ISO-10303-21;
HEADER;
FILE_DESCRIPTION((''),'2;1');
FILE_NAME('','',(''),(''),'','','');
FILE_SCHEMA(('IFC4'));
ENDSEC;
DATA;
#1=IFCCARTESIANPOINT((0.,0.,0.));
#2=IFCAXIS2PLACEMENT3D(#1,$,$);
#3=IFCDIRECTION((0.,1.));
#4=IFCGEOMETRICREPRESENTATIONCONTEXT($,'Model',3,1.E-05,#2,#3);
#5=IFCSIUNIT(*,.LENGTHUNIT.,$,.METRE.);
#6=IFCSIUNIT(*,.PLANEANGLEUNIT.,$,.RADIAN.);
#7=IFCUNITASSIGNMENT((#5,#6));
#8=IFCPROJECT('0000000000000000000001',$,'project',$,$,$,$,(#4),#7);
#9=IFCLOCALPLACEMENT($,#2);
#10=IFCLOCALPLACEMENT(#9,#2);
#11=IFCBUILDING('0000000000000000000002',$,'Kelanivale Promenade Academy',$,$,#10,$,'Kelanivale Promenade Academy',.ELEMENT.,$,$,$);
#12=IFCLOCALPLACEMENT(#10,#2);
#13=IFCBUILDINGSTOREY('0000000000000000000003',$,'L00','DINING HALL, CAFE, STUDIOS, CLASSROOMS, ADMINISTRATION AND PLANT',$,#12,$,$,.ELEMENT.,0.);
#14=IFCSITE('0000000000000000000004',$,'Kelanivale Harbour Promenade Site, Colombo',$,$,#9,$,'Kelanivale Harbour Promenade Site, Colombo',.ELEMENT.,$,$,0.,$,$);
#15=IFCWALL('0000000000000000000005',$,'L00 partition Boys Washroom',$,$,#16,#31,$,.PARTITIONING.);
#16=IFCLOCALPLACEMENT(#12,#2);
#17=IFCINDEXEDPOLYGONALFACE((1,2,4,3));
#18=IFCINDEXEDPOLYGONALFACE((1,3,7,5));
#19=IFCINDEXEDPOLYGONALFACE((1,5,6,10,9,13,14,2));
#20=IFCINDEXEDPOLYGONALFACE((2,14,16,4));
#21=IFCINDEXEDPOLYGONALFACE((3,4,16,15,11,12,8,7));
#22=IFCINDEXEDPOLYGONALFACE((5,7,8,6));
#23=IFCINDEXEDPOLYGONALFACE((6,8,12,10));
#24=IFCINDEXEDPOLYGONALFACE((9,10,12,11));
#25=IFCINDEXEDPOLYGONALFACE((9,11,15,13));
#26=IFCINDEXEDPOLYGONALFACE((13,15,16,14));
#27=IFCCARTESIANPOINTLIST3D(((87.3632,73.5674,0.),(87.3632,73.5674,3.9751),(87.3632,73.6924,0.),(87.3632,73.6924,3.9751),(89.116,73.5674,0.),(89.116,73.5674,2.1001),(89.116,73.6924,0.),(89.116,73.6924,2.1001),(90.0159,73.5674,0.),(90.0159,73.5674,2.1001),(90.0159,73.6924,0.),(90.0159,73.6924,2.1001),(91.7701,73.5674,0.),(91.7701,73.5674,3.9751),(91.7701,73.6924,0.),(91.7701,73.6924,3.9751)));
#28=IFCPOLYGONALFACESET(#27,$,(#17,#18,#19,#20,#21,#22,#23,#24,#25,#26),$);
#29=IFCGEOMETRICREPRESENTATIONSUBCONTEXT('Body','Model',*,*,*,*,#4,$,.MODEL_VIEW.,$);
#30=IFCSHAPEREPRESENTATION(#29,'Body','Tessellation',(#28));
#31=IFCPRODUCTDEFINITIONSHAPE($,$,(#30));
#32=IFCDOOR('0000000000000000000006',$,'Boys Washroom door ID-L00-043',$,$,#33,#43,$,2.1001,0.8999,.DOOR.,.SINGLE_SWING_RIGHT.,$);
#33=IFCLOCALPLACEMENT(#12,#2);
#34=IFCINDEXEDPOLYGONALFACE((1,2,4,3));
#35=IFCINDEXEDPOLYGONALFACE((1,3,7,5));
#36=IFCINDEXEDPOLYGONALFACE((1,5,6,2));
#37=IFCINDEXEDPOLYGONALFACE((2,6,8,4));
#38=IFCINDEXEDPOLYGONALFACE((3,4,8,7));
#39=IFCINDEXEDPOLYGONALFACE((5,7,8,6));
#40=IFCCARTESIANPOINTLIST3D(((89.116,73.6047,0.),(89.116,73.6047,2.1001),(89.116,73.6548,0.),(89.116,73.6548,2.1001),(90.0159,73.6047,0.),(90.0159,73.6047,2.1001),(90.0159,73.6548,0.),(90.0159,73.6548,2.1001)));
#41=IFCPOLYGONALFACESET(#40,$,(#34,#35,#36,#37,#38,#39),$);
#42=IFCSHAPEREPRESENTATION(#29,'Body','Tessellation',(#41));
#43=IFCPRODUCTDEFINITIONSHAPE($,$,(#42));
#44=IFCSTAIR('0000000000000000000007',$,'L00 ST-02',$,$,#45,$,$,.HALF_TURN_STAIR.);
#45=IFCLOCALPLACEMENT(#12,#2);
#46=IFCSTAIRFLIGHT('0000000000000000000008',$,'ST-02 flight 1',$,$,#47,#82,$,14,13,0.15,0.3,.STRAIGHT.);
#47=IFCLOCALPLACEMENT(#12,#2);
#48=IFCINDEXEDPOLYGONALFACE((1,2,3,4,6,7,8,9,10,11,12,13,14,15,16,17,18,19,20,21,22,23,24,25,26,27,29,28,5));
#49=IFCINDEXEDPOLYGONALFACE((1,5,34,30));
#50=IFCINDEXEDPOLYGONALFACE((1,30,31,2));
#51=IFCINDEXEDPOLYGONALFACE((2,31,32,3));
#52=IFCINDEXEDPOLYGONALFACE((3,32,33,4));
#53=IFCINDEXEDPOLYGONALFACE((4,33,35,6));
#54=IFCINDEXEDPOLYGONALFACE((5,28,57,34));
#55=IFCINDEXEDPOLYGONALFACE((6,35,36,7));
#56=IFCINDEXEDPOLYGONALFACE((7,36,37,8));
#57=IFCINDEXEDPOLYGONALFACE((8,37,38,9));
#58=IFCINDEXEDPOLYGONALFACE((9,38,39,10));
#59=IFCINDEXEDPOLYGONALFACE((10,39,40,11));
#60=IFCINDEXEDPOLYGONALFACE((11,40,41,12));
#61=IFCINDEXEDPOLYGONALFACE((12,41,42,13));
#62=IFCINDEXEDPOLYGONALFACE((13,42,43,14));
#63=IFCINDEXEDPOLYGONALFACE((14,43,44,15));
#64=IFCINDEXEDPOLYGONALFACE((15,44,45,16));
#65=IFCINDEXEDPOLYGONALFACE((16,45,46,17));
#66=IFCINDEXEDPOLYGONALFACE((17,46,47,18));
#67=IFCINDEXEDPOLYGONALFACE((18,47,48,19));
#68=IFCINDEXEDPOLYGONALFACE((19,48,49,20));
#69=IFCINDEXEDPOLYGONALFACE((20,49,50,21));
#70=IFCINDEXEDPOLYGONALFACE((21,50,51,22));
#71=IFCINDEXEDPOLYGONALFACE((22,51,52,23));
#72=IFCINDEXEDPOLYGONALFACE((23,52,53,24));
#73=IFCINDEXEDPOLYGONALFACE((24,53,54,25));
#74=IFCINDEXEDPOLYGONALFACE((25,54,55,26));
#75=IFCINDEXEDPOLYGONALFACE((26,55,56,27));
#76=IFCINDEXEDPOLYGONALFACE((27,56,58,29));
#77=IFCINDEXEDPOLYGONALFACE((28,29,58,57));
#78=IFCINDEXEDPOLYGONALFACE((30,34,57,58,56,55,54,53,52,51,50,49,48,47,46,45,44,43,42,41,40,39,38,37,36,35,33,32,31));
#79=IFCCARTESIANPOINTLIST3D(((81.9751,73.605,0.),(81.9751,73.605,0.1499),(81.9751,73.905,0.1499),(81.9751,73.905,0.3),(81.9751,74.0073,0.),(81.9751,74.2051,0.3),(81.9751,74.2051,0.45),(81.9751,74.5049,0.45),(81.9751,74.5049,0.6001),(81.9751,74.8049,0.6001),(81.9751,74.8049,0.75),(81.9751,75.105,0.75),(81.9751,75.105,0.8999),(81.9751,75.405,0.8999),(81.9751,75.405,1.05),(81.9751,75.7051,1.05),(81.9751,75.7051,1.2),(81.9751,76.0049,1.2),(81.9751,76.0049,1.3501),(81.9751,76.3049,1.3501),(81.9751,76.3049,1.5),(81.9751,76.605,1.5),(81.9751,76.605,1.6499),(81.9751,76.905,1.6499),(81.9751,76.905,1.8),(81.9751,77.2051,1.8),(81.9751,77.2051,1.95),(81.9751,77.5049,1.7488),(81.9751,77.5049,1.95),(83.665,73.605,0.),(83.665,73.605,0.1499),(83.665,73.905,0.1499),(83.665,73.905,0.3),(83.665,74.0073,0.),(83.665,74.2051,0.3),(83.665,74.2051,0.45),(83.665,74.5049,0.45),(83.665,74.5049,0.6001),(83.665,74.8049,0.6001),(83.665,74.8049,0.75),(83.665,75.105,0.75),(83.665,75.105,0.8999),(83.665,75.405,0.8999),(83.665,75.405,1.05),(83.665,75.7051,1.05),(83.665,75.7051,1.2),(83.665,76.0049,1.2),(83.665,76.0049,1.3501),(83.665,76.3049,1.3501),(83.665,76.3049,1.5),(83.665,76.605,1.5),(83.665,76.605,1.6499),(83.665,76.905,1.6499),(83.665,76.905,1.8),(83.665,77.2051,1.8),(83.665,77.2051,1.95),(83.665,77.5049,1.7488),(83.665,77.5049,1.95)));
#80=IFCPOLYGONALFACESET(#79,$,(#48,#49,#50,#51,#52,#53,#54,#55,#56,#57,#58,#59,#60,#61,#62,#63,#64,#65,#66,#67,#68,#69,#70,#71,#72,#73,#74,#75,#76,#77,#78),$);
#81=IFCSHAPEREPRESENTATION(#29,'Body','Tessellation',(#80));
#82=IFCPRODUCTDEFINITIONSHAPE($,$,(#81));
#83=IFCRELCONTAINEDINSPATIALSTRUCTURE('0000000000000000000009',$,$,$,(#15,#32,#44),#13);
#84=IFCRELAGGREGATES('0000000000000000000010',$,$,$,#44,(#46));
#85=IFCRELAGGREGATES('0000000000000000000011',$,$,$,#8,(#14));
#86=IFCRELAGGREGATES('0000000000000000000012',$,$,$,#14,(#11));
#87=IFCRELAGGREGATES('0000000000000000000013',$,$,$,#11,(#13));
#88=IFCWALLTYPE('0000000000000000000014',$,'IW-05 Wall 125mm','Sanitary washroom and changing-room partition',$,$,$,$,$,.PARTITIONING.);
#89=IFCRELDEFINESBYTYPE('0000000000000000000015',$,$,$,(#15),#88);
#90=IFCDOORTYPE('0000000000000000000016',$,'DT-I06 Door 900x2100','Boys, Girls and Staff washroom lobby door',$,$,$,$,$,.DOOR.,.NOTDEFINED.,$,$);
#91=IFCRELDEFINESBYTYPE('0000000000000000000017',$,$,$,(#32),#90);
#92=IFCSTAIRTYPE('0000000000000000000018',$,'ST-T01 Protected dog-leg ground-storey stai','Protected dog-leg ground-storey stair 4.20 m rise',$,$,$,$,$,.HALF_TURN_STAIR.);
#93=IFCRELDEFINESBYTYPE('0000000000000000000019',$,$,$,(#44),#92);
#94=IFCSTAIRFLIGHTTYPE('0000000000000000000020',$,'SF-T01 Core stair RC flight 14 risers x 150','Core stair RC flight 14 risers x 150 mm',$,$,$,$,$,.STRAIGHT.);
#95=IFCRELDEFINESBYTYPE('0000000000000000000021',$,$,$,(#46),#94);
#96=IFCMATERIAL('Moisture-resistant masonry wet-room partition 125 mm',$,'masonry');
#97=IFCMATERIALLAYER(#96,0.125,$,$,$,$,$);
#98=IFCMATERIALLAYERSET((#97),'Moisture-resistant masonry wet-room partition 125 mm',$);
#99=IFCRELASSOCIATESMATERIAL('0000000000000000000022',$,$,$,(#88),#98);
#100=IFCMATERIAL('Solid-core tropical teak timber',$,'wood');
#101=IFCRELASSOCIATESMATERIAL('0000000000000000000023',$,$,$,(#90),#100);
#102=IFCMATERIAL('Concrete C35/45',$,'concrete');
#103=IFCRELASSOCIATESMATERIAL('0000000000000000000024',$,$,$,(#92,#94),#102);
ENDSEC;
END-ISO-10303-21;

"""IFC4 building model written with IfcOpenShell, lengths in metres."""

from ifc_helpers import new_model, si_unit, direction, frame, frame_2d, origin, place, context, subcontext, project, spatial, polyline, rectangle, outline, extrude, material, layer, layer_set, type_object, element, fill, aggregate, save


model = new_model("IFC4")

# Units and contexts
model_context = context("Model", 3, precision=1e-05, world=origin(), true_north=direction((0.0, 1.0)))
body_context = subcontext(model_context, "Body", "Model", "MODEL_VIEW")
ifc_project = project(units=[si_unit("LENGTHUNIT", "METRE"), si_unit("PLANEANGLEUNIT", "RADIAN")], contexts=[model_context])

# Site, building, storey
site_placement = place(None, origin())
site = spatial("IfcSite", under=ifc_project, at=site_placement, Name="Kelanivale Harbour Promenade Site, Colombo", LongName="Kelanivale Harbour Promenade Site, Colombo", CompositionType="ELEMENT", RefElevation=0.0)
building_placement = place(site_placement, origin())
building = spatial("IfcBuilding", under=site, at=building_placement, Name="Kelanivale Promenade Academy", LongName="Kelanivale Promenade Academy", CompositionType="ELEMENT")
storey_placement = place(building_placement, origin())
storey = spatial("IfcBuildingStorey", under=building, at=storey_placement, Name="L00", Description="DINING HALL, CAFE, STUDIOS, CLASSROOMS, ADMINISTRATION AND PLANT", CompositionType="ELEMENT", Elevation=0.0)

# Shared definitions
ifc_material_1 = material(Name="Concrete C35/45", Category="concrete")

# Shared definitions
ifc_material_2 = material(Name="Solid-core tropical teak timber", Category="wood")

# Wall, opening, door
ifc_material_3 = material(Name="Moisture-resistant masonry wet-room partition 125 mm", Category="masonry")
ifc_layer_1 = layer(ifc_material_3, 0.125)
ifc_layer_set_1 = layer_set([ifc_layer_1], Name="Moisture-resistant masonry wet-room partition 125 mm")
wall_type_1 = type_object("IfcWallType", Name="IW-05 Wall 125mm", Description="Sanitary washroom and changing-room partition", PredefinedType="PARTITIONING", material=ifc_layer_set_1)
wall_1_placement = place(storey_placement, frame((87.363, 73.6299, 0.0), z_axis=(0.0, 0.0, 1.0), x_axis=(1.0, 0.0, 0.0)))
wall_1 = element("IfcWall", 1, at=wall_1_placement, inside=storey, type_object=wall_type_1, Name="L00 partition Boys Washroom", PredefinedType="PARTITIONING", context=body_context, shape_type="SweptSolid", body=[
    extrude(rectangle(XDim=4.407, YDim=0.125, at=frame_2d((2.2036, 0.0))), origin(), (0.0, 0.0, 1.0), 3.9751),
])
opening_1_placement = place(wall_1_placement, frame((1.7529, 0.0, 0.0)))
opening_1 = element("IfcOpeningElement", 2, at=opening_1_placement, cuts=wall_1, PredefinedType="OPENING", context=body_context, shape_type="SweptSolid", body=[
    extrude(rectangle(XDim=0.8999, YDim=2.1001, at=frame_2d((0.45, 1.05))), frame((0.0, 0.0725, 0.0), z_axis=(0.0, -1.0, 0.0), x_axis=(1.0, 0.0, 0.0)), (0.0, 0.0, 1.0), 0.145),
])
door_type_1 = type_object("IfcDoorType", Name="DT-I06 Door 900x2100", Description="Boys, Girls and Staff washroom lobby door", OperationType="NOTDEFINED", PredefinedType="DOOR", material=ifc_material_2)
door_1_placement = place(opening_1_placement, origin())
door_1 = element("IfcDoor", 3, at=door_1_placement, inside=storey, type_object=door_type_1, Name="Boys Washroom door ID-L00-043", OperationType="SINGLE_SWING_RIGHT", OverallHeight=2.1001, OverallWidth=0.8999, PredefinedType="DOOR", context=body_context, shape_type="SweptSolid", body=[
    extrude(rectangle(XDim=0.8999, YDim=2.1001, at=frame_2d((0.45, 1.05))), frame((0.0, 0.0249, 0.0), z_axis=(0.0, -1.0, 0.0), x_axis=(1.0, 0.0, 0.0)), (0.0, 0.0, 1.0), 0.05),
])
fill(opening_1, door_1)

# Stair, stair flight
stair_type = type_object("IfcStairType", Name="ST-T01 Protected dog-leg ground-storey stai", Description="Protected dog-leg ground-storey stair 4.20 m rise", PredefinedType="HALF_TURN_STAIR", material=ifc_material_1)
stair_placement = place(storey_placement, origin())
stair = element("IfcStair", 4, at=stair_placement, inside=storey, type_object=stair_type, Name="L00 ST-02", PredefinedType="HALF_TURN_STAIR")
stair_flight_type = type_object("IfcStairFlightType", Name="SF-T01 Core stair RC flight 14 risers x 150", Description="Core stair RC flight 14 risers x 150 mm", PredefinedType="STRAIGHT", material=ifc_material_1)
stair_flight_placement = place(storey_placement, frame((82.8201, 73.605, 0.0), z_axis=(0.0, 0.0, 1.0), x_axis=(0.0, 1.0, 0.0)))
stair_flight = element("IfcStairFlight", 5, at=stair_flight_placement, type_object=stair_flight_type, Name="ST-02 flight 1", NumberOfRisers=14, NumberOfTreads=13, PredefinedType="STRAIGHT", RiserHeight=0.15, TreadLength=0.3, context=body_context, shape_type="SweptSolid", body=[
    extrude(outline(polyline([(0.0, 0.0), (0.0, 0.1499), (0.3, 0.1499), (0.3, 0.3), (0.6001, 0.3), (0.6001, 0.45), (0.8999, 0.45), (0.8999, 0.6001), (1.2, 0.6001), (1.2, 0.75), (1.5, 0.75), (1.5, 0.8999), (1.8, 0.8999), (1.8, 1.05), (2.1001, 1.05), (2.1001, 1.2), (2.3999, 1.2), (2.3999, 1.3501), (2.7, 1.3501), (2.7, 1.5), (3.0, 1.5), (3.0, 1.6499), (3.3, 1.6499), (3.3, 1.8), (3.6001, 1.8), (3.6001, 1.95), (3.8999, 1.95), (3.8999, 2.1001), (3.8999, 1.7488), (0.4023, 0.0), (0.0, 0.0)])), frame((0.0, 0.845, 0.0), z_axis=(0.0, -1.0, 0.0), x_axis=(1.0, 0.0, 0.0)), (0.0, 0.0, 1.0), 1.6899),
])
aggregate(stair, [stair_flight])

save(model, "model.ifc")
